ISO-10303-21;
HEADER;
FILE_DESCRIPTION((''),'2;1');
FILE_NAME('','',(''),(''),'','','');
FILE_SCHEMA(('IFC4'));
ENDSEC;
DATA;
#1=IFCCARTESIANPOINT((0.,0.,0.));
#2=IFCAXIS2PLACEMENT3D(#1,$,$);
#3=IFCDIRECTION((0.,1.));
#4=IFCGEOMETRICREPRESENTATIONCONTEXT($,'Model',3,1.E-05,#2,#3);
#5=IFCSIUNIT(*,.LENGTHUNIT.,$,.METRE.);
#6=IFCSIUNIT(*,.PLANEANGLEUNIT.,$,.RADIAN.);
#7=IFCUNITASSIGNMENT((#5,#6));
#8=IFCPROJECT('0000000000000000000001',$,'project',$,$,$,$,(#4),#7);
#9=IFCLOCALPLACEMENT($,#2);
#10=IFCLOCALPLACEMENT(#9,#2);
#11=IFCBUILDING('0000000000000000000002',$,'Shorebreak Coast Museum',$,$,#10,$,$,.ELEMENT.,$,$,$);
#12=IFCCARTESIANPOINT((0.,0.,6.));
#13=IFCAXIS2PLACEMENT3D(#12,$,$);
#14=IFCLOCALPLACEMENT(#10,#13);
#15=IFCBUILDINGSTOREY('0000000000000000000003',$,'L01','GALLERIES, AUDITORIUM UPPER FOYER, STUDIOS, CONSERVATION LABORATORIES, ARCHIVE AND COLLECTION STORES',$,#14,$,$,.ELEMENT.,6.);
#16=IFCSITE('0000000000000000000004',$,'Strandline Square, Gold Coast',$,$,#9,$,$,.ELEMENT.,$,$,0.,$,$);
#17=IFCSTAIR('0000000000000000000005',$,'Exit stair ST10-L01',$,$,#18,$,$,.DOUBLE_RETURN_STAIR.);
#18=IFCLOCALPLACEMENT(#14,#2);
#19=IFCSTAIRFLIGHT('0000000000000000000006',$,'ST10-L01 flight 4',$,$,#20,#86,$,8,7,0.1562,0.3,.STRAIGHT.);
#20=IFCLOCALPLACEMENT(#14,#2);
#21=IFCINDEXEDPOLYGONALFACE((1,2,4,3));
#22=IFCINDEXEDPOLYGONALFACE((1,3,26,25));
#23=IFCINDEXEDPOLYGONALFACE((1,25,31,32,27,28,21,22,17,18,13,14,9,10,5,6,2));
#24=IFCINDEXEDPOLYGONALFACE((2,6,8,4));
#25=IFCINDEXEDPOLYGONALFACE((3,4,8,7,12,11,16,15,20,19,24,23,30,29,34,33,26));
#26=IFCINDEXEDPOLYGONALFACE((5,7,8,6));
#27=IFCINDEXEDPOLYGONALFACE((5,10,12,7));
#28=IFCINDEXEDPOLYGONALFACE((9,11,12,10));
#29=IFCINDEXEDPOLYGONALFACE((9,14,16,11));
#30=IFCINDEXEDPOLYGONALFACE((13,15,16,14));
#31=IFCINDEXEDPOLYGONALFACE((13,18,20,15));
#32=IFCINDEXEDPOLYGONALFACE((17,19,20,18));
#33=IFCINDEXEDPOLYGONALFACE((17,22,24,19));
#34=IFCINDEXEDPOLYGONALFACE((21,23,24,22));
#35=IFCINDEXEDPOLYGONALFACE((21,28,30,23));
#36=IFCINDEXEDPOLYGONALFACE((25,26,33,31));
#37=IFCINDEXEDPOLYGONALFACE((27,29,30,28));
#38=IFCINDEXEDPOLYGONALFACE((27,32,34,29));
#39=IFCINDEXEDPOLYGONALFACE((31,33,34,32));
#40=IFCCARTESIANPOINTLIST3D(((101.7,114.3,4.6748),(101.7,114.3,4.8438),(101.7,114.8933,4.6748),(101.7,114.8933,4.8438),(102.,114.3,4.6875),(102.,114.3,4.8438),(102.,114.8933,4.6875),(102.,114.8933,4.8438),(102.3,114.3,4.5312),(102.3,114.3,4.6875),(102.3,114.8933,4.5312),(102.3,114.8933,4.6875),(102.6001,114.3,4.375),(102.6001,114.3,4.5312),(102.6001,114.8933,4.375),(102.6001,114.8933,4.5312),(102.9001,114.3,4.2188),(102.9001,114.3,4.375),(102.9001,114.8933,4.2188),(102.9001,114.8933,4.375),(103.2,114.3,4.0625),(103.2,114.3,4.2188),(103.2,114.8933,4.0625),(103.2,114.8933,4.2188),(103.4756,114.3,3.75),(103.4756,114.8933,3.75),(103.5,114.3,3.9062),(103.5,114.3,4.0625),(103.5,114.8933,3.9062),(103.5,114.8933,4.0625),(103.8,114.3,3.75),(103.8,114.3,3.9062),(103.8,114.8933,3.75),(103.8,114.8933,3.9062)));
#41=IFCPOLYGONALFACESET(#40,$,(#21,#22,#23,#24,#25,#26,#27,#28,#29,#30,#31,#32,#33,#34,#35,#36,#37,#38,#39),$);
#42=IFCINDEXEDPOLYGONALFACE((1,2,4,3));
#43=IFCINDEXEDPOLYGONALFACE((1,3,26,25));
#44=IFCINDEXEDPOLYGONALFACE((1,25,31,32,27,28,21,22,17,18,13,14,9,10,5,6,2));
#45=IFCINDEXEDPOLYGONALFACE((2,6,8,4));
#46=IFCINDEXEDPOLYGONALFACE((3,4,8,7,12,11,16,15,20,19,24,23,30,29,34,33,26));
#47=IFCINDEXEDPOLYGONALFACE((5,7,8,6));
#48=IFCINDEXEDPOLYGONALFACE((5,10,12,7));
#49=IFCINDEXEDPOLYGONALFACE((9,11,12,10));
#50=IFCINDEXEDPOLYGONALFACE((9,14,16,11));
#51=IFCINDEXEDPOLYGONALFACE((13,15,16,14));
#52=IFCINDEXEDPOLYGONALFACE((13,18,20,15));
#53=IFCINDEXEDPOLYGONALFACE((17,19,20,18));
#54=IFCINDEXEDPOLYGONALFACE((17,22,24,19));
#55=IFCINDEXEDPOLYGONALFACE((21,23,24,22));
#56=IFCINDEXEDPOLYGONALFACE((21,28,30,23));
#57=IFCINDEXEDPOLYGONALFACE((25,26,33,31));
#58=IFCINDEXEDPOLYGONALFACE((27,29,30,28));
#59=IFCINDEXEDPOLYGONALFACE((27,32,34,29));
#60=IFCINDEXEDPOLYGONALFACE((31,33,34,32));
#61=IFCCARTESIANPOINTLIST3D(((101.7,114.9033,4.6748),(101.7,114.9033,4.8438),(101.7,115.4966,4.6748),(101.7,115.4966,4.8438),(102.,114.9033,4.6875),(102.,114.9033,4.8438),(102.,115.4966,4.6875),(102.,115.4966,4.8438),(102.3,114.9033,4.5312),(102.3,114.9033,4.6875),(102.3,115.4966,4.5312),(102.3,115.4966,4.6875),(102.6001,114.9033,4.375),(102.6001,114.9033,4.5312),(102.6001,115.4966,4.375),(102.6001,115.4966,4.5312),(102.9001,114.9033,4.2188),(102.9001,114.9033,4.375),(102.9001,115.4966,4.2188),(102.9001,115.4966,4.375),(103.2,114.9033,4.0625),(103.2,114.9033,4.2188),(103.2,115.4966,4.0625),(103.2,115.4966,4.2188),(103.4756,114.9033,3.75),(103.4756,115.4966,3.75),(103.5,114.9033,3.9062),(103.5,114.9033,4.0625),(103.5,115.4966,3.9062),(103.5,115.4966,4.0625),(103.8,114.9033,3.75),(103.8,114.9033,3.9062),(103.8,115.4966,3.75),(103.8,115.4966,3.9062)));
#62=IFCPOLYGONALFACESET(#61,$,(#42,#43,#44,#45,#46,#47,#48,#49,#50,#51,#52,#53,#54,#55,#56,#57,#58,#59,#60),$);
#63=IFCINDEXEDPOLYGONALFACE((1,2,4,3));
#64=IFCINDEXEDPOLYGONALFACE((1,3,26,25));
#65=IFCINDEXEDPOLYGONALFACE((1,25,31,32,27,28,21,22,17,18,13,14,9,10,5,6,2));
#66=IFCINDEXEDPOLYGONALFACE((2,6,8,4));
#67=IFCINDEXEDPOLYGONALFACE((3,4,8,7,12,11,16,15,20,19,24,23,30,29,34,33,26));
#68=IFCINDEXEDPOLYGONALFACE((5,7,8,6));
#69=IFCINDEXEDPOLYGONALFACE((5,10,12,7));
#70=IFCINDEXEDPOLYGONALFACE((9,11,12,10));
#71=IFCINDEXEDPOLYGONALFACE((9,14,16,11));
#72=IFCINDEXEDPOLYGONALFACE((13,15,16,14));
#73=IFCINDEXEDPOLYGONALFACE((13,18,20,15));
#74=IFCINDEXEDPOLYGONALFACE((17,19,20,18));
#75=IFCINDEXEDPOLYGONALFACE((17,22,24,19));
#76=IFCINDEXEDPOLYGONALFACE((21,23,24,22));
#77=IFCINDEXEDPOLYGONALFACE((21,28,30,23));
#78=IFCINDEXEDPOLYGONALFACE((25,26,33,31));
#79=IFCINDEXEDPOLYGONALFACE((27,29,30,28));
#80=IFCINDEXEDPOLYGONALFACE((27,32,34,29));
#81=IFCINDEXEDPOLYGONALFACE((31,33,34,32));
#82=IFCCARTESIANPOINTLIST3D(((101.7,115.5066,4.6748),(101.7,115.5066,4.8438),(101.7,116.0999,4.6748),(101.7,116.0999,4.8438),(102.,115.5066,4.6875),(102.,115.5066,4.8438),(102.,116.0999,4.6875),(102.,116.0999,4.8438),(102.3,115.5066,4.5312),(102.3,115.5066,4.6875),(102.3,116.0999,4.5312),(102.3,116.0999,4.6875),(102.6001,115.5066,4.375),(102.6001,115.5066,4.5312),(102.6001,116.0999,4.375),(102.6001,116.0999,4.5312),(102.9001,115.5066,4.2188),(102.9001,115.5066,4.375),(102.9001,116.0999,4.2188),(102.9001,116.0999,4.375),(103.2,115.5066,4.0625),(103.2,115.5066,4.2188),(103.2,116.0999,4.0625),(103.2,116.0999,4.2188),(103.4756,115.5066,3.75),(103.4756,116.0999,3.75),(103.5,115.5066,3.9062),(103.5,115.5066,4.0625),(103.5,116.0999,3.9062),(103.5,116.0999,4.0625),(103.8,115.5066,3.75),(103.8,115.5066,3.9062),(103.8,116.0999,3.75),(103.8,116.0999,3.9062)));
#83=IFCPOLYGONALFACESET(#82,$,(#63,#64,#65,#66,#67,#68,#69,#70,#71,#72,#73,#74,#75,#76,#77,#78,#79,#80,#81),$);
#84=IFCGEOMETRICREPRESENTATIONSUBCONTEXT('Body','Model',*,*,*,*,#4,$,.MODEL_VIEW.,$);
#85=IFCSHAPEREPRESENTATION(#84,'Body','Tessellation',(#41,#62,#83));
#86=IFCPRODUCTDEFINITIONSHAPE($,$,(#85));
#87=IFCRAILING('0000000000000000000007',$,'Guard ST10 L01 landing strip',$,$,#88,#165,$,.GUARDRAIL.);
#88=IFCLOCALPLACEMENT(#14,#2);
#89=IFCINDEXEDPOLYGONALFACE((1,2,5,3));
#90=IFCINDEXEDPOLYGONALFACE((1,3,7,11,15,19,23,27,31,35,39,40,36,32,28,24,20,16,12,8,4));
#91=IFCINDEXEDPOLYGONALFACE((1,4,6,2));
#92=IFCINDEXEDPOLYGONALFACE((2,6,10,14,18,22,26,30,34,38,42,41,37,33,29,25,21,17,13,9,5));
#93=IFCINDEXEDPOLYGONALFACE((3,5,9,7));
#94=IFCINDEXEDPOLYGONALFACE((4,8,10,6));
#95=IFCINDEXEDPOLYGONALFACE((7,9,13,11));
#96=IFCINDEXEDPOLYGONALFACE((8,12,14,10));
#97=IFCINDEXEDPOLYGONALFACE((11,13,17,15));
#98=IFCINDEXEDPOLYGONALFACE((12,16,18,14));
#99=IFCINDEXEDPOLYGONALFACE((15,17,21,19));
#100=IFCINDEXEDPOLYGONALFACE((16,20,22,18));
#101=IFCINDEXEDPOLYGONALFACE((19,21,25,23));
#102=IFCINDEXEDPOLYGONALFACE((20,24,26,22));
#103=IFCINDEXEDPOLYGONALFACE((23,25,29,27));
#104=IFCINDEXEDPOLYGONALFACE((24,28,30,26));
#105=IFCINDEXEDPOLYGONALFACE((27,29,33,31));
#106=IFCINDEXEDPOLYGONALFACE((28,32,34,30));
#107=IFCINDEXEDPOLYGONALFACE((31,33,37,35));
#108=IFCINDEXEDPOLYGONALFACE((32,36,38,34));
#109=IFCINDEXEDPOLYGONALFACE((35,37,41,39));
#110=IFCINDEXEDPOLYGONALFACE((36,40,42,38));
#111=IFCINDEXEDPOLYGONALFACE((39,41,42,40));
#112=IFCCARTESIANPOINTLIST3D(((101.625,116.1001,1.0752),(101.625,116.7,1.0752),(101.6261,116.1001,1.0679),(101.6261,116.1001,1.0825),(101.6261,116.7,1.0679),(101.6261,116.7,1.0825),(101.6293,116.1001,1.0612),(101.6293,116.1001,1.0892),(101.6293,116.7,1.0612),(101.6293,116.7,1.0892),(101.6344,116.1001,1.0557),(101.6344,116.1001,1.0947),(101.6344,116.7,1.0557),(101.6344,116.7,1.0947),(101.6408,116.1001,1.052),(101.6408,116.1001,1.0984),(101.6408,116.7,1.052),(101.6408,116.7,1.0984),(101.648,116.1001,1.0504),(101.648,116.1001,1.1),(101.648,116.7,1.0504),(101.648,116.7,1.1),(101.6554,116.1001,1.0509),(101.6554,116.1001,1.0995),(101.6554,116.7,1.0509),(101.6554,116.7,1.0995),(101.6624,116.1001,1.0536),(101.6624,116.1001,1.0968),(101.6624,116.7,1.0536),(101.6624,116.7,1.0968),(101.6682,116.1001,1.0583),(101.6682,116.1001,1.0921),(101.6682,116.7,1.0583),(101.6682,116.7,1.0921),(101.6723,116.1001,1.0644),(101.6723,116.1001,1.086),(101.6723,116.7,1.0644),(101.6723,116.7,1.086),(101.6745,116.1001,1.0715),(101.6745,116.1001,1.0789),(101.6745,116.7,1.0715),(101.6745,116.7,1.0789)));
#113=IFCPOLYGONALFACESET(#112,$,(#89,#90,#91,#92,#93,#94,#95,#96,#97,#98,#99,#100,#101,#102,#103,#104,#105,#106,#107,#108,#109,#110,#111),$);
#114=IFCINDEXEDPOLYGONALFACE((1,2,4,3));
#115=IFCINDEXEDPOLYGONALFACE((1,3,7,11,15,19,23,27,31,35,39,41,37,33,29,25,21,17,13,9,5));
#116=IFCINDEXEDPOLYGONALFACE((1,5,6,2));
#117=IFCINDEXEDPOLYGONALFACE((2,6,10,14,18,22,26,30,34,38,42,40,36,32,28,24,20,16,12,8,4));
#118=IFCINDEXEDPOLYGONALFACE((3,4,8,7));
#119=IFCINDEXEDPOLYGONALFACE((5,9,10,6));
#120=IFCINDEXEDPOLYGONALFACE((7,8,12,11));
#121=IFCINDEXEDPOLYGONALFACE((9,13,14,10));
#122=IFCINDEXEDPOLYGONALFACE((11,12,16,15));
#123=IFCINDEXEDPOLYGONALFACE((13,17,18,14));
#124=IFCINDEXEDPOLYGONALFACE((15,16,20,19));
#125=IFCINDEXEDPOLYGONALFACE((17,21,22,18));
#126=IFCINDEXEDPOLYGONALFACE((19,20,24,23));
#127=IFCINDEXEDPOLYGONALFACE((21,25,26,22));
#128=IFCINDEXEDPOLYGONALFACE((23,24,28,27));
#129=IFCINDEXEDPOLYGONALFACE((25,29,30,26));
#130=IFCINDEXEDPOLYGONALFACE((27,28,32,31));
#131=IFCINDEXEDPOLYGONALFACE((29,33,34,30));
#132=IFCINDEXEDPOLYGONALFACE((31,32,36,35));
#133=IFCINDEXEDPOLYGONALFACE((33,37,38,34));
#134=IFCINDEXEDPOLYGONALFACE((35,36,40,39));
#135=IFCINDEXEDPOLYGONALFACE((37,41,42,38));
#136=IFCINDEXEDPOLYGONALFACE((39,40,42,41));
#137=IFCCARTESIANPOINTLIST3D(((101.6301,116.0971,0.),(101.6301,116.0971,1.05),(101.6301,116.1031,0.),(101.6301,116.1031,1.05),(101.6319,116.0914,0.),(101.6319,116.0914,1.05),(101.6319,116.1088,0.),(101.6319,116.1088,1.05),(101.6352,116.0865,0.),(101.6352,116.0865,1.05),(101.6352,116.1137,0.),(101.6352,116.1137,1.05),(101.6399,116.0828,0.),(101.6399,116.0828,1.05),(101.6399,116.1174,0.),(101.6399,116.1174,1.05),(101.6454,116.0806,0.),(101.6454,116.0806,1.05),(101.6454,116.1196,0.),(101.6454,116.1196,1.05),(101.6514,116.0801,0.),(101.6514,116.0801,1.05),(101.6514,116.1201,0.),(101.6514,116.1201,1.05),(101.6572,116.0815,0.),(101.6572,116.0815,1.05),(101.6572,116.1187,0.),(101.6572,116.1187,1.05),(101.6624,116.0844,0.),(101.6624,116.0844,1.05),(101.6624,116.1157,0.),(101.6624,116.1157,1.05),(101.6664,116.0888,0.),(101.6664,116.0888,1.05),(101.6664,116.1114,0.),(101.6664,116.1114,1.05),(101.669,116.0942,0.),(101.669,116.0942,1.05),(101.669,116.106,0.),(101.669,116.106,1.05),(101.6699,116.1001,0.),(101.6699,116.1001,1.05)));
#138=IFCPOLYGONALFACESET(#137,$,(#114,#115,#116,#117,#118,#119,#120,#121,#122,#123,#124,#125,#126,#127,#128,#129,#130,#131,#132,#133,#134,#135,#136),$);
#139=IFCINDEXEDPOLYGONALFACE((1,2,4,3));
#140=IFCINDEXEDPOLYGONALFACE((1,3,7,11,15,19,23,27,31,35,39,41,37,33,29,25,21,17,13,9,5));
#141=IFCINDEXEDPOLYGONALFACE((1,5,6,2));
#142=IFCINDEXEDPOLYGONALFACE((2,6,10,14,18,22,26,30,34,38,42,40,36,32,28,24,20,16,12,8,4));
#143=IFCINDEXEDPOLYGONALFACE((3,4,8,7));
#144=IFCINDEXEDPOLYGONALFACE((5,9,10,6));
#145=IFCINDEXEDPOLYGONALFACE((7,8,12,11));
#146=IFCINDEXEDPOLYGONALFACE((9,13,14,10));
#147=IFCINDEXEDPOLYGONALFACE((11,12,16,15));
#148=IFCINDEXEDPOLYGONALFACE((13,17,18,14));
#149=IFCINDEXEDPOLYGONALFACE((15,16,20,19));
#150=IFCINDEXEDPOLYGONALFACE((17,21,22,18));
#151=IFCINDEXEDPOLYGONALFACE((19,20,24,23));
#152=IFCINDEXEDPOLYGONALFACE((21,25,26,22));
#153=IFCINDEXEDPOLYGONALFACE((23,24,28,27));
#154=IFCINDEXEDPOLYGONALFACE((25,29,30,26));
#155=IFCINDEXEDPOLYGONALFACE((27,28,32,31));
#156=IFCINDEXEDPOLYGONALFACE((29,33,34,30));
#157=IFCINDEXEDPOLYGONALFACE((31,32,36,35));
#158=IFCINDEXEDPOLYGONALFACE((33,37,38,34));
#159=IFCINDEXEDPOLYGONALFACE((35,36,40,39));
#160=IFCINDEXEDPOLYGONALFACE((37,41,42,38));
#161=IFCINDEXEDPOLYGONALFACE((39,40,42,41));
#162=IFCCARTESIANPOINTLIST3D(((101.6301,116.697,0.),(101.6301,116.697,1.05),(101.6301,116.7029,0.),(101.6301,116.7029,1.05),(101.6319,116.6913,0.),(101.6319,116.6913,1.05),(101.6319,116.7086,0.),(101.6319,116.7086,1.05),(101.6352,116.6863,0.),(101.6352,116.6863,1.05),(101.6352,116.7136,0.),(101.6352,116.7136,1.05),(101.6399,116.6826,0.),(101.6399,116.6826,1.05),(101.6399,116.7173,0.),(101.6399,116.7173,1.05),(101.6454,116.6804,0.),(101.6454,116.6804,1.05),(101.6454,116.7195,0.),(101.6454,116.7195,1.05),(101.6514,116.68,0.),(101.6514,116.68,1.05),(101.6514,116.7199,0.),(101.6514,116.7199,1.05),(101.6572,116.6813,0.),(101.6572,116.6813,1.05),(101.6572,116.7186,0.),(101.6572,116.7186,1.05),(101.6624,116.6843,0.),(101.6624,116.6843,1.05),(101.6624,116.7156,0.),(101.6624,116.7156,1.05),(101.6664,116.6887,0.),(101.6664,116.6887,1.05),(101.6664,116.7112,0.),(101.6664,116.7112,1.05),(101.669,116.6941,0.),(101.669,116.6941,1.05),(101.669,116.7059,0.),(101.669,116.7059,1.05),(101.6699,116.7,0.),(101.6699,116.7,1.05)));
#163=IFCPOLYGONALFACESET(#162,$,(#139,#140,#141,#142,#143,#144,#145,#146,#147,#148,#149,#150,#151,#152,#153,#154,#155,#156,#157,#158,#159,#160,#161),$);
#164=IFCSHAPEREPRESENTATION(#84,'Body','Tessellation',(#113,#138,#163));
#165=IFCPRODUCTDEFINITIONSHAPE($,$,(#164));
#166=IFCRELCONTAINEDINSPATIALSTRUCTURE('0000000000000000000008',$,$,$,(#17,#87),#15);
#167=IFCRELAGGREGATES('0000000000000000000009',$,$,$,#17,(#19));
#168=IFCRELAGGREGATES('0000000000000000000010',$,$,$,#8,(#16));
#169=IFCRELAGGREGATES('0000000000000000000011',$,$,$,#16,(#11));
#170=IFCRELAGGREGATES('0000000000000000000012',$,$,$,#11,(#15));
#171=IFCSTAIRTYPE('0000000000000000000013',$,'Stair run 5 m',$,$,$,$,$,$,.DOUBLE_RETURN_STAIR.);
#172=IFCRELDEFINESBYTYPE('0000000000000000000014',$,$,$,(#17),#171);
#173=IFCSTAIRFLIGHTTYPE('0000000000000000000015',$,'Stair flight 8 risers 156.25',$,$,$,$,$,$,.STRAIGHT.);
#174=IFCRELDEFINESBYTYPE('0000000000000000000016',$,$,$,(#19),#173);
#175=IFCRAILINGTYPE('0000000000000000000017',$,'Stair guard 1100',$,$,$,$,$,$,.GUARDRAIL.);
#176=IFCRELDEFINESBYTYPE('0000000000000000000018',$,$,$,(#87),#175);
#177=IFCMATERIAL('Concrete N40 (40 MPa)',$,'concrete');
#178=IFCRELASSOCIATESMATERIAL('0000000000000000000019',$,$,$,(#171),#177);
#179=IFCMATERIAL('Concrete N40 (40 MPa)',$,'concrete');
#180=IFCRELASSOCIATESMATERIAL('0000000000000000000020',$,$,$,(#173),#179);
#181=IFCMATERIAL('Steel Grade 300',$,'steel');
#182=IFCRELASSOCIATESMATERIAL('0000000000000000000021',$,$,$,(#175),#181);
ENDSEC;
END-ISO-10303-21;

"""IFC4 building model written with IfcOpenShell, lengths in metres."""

from ifc_helpers import new_model, si_unit, direction, frame, origin, origin_2d, place, context, subcontext, project, spatial, polyline, circle, outline, extrude, material, type_object, element, aggregate, save


model = new_model("IFC4")

# Units and contexts
model_context = context("Model", 3, precision=1e-05, world=origin(), true_north=direction((0.0, 1.0)))
body_context = subcontext(model_context, "Body", "Model", "MODEL_VIEW")
ifc_project = project(units=[si_unit("LENGTHUNIT", "METRE"), si_unit("PLANEANGLEUNIT", "RADIAN")], contexts=[model_context])

# Site, building, storey
site_placement = place(None, origin())
site = spatial("IfcSite", under=ifc_project, at=site_placement, Name="Strandline Square, Gold Coast", CompositionType="ELEMENT", RefElevation=0.0)
building_placement = place(site_placement, origin())
building = spatial("IfcBuilding", under=site, at=building_placement, Name="Shorebreak Coast Museum", CompositionType="ELEMENT")
storey_placement = place(building_placement, frame((0.0, 0.0, 6.0)))
storey = spatial("IfcBuildingStorey", under=building, at=storey_placement, Name="L01", Description="GALLERIES, AUDITORIUM UPPER FOYER, STUDIOS, CONSERVATION LABORATORIES, ARCHIVE AND COLLECTION STORES", CompositionType="ELEMENT", Elevation=6.0)

# Stair, stair flight
ifc_material_1 = material(Name="Concrete N40 (40 MPa)", Category="concrete")
stair_type = type_object("IfcStairType", Name="Stair run 5 m", PredefinedType="DOUBLE_RETURN_STAIR", material=ifc_material_1)
stair_placement = place(storey_placement, origin())
stair = element("IfcStair", 1, at=stair_placement, inside=storey, type_object=stair_type, Name="Exit stair ST10-L01", PredefinedType="DOUBLE_RETURN_STAIR")
ifc_material_2 = material(Name="Concrete N40 (40 MPa)", Category="concrete")
stair_flight_type = type_object("IfcStairFlightType", Name="Stair flight 8 risers 156.25", PredefinedType="STRAIGHT", material=ifc_material_2)
stair_flight_placement = place(storey_placement, frame((103.8, 115.2, 3.75), z_axis=(0.0, 0.0, 1.0), x_axis=(-1.0, 0.0, 0.0)))
stair_flight = element("IfcStairFlight", 2, at=stair_flight_placement, type_object=stair_flight_type, Name="ST10-L01 flight 4", NumberOfRisers=8, NumberOfTreads=7, PredefinedType="STRAIGHT", RiserHeight=0.1562, TreadLength=0.3, context=body_context, shape_type="SweptSolid", body=[
    extrude(outline(polyline([(0.0, 0.0), (0.0, 0.1562), (0.3, 0.1562), (0.3, 0.3125), (0.6001, 0.3125), (0.6001, 0.4688), (0.8999, 0.4688), (0.8999, 0.625), (1.2, 0.625), (1.2, 0.7812), (1.5, 0.7812), (1.5, 0.9375), (1.8, 0.9375), (1.8, 1.0938), (2.1001, 1.0938), (2.1001, 1.25), (2.1001, 0.9248), (0.3245, 0.0), (0.0, 0.0)])), frame((0.0, 0.8999, 0.0), z_axis=(0.0, -1.0, 0.0), x_axis=(1.0, 0.0, 0.0)), (0.0, 0.0, 1.0), 0.5933),
    extrude(outline(polyline([(0.0, 0.0), (0.0, 0.1562), (0.3, 0.1562), (0.3, 0.3125), (0.6001, 0.3125), (0.6001, 0.4688), (0.8999, 0.4688), (0.8999, 0.625), (1.2, 0.625), (1.2, 0.7812), (1.5, 0.7812), (1.5, 0.9375), (1.8, 0.9375), (1.8, 1.0938), (2.1001, 1.0938), (2.1001, 1.25), (2.1001, 0.9248), (0.3245, 0.0), (0.0, 0.0)])), frame((0.0, 0.2966, 0.0), z_axis=(0.0, -1.0, 0.0), x_axis=(1.0, 0.0, 0.0)), (0.0, 0.0, 1.0), 0.5933),
    extrude(outline(polyline([(0.0, 0.0), (0.0, 0.1562), (0.3, 0.1562), (0.3, 0.3125), (0.6001, 0.3125), (0.6001, 0.4688), (0.8999, 0.4688), (0.8999, 0.625), (1.2, 0.625), (1.2, 0.7812), (1.5, 0.7812), (1.5, 0.9375), (1.8, 0.9375), (1.8, 1.0938), (2.1001, 1.0938), (2.1001, 1.25), (2.1001, 0.9248), (0.3245, 0.0), (0.0, 0.0)])), frame((0.0, -0.3066, 0.0), z_axis=(0.0, -1.0, 0.0), x_axis=(1.0, 0.0, 0.0)), (0.0, 0.0, 1.0), 0.5933),
])
aggregate(stair, [stair_flight])

# Railing
ifc_material_3 = material(Name="Steel Grade 300", Category="steel")
railing_type_1 = type_object("IfcRailingType", Name="Stair guard 1100", PredefinedType="GUARDRAIL", material=ifc_material_3)
for number, where, name in (
    (3, (101.6499, 116.1001, 0.0), "Guard ST10 L01 landing strip"),
):
    element("IfcRailing", number, at=place(storey_placement, frame(where)), inside=storey, type_object=railing_type_1, Name=name, PredefinedType="GUARDRAIL", context=body_context, shape_type="SweptSolid", body=[
        extrude(circle(Radius=0.0249, at=origin_2d()), frame((0.0, 0.0, 1.0752), z_axis=(0.0, 1.0, 0.0), x_axis=(-1.0, 0.0, 0.0)), (0.0, 0.0, 1.0), 0.5999),
        extrude(circle(Radius=0.02, at=origin_2d()), origin(), (0.0, 0.0, 1.0), 1.05),
        extrude(circle(Radius=0.02, at=origin_2d()), frame((0.0, 0.5999, 0.0)), (0.0, 0.0, 1.0), 1.05),
    ])

save(model, "model.ifc")
